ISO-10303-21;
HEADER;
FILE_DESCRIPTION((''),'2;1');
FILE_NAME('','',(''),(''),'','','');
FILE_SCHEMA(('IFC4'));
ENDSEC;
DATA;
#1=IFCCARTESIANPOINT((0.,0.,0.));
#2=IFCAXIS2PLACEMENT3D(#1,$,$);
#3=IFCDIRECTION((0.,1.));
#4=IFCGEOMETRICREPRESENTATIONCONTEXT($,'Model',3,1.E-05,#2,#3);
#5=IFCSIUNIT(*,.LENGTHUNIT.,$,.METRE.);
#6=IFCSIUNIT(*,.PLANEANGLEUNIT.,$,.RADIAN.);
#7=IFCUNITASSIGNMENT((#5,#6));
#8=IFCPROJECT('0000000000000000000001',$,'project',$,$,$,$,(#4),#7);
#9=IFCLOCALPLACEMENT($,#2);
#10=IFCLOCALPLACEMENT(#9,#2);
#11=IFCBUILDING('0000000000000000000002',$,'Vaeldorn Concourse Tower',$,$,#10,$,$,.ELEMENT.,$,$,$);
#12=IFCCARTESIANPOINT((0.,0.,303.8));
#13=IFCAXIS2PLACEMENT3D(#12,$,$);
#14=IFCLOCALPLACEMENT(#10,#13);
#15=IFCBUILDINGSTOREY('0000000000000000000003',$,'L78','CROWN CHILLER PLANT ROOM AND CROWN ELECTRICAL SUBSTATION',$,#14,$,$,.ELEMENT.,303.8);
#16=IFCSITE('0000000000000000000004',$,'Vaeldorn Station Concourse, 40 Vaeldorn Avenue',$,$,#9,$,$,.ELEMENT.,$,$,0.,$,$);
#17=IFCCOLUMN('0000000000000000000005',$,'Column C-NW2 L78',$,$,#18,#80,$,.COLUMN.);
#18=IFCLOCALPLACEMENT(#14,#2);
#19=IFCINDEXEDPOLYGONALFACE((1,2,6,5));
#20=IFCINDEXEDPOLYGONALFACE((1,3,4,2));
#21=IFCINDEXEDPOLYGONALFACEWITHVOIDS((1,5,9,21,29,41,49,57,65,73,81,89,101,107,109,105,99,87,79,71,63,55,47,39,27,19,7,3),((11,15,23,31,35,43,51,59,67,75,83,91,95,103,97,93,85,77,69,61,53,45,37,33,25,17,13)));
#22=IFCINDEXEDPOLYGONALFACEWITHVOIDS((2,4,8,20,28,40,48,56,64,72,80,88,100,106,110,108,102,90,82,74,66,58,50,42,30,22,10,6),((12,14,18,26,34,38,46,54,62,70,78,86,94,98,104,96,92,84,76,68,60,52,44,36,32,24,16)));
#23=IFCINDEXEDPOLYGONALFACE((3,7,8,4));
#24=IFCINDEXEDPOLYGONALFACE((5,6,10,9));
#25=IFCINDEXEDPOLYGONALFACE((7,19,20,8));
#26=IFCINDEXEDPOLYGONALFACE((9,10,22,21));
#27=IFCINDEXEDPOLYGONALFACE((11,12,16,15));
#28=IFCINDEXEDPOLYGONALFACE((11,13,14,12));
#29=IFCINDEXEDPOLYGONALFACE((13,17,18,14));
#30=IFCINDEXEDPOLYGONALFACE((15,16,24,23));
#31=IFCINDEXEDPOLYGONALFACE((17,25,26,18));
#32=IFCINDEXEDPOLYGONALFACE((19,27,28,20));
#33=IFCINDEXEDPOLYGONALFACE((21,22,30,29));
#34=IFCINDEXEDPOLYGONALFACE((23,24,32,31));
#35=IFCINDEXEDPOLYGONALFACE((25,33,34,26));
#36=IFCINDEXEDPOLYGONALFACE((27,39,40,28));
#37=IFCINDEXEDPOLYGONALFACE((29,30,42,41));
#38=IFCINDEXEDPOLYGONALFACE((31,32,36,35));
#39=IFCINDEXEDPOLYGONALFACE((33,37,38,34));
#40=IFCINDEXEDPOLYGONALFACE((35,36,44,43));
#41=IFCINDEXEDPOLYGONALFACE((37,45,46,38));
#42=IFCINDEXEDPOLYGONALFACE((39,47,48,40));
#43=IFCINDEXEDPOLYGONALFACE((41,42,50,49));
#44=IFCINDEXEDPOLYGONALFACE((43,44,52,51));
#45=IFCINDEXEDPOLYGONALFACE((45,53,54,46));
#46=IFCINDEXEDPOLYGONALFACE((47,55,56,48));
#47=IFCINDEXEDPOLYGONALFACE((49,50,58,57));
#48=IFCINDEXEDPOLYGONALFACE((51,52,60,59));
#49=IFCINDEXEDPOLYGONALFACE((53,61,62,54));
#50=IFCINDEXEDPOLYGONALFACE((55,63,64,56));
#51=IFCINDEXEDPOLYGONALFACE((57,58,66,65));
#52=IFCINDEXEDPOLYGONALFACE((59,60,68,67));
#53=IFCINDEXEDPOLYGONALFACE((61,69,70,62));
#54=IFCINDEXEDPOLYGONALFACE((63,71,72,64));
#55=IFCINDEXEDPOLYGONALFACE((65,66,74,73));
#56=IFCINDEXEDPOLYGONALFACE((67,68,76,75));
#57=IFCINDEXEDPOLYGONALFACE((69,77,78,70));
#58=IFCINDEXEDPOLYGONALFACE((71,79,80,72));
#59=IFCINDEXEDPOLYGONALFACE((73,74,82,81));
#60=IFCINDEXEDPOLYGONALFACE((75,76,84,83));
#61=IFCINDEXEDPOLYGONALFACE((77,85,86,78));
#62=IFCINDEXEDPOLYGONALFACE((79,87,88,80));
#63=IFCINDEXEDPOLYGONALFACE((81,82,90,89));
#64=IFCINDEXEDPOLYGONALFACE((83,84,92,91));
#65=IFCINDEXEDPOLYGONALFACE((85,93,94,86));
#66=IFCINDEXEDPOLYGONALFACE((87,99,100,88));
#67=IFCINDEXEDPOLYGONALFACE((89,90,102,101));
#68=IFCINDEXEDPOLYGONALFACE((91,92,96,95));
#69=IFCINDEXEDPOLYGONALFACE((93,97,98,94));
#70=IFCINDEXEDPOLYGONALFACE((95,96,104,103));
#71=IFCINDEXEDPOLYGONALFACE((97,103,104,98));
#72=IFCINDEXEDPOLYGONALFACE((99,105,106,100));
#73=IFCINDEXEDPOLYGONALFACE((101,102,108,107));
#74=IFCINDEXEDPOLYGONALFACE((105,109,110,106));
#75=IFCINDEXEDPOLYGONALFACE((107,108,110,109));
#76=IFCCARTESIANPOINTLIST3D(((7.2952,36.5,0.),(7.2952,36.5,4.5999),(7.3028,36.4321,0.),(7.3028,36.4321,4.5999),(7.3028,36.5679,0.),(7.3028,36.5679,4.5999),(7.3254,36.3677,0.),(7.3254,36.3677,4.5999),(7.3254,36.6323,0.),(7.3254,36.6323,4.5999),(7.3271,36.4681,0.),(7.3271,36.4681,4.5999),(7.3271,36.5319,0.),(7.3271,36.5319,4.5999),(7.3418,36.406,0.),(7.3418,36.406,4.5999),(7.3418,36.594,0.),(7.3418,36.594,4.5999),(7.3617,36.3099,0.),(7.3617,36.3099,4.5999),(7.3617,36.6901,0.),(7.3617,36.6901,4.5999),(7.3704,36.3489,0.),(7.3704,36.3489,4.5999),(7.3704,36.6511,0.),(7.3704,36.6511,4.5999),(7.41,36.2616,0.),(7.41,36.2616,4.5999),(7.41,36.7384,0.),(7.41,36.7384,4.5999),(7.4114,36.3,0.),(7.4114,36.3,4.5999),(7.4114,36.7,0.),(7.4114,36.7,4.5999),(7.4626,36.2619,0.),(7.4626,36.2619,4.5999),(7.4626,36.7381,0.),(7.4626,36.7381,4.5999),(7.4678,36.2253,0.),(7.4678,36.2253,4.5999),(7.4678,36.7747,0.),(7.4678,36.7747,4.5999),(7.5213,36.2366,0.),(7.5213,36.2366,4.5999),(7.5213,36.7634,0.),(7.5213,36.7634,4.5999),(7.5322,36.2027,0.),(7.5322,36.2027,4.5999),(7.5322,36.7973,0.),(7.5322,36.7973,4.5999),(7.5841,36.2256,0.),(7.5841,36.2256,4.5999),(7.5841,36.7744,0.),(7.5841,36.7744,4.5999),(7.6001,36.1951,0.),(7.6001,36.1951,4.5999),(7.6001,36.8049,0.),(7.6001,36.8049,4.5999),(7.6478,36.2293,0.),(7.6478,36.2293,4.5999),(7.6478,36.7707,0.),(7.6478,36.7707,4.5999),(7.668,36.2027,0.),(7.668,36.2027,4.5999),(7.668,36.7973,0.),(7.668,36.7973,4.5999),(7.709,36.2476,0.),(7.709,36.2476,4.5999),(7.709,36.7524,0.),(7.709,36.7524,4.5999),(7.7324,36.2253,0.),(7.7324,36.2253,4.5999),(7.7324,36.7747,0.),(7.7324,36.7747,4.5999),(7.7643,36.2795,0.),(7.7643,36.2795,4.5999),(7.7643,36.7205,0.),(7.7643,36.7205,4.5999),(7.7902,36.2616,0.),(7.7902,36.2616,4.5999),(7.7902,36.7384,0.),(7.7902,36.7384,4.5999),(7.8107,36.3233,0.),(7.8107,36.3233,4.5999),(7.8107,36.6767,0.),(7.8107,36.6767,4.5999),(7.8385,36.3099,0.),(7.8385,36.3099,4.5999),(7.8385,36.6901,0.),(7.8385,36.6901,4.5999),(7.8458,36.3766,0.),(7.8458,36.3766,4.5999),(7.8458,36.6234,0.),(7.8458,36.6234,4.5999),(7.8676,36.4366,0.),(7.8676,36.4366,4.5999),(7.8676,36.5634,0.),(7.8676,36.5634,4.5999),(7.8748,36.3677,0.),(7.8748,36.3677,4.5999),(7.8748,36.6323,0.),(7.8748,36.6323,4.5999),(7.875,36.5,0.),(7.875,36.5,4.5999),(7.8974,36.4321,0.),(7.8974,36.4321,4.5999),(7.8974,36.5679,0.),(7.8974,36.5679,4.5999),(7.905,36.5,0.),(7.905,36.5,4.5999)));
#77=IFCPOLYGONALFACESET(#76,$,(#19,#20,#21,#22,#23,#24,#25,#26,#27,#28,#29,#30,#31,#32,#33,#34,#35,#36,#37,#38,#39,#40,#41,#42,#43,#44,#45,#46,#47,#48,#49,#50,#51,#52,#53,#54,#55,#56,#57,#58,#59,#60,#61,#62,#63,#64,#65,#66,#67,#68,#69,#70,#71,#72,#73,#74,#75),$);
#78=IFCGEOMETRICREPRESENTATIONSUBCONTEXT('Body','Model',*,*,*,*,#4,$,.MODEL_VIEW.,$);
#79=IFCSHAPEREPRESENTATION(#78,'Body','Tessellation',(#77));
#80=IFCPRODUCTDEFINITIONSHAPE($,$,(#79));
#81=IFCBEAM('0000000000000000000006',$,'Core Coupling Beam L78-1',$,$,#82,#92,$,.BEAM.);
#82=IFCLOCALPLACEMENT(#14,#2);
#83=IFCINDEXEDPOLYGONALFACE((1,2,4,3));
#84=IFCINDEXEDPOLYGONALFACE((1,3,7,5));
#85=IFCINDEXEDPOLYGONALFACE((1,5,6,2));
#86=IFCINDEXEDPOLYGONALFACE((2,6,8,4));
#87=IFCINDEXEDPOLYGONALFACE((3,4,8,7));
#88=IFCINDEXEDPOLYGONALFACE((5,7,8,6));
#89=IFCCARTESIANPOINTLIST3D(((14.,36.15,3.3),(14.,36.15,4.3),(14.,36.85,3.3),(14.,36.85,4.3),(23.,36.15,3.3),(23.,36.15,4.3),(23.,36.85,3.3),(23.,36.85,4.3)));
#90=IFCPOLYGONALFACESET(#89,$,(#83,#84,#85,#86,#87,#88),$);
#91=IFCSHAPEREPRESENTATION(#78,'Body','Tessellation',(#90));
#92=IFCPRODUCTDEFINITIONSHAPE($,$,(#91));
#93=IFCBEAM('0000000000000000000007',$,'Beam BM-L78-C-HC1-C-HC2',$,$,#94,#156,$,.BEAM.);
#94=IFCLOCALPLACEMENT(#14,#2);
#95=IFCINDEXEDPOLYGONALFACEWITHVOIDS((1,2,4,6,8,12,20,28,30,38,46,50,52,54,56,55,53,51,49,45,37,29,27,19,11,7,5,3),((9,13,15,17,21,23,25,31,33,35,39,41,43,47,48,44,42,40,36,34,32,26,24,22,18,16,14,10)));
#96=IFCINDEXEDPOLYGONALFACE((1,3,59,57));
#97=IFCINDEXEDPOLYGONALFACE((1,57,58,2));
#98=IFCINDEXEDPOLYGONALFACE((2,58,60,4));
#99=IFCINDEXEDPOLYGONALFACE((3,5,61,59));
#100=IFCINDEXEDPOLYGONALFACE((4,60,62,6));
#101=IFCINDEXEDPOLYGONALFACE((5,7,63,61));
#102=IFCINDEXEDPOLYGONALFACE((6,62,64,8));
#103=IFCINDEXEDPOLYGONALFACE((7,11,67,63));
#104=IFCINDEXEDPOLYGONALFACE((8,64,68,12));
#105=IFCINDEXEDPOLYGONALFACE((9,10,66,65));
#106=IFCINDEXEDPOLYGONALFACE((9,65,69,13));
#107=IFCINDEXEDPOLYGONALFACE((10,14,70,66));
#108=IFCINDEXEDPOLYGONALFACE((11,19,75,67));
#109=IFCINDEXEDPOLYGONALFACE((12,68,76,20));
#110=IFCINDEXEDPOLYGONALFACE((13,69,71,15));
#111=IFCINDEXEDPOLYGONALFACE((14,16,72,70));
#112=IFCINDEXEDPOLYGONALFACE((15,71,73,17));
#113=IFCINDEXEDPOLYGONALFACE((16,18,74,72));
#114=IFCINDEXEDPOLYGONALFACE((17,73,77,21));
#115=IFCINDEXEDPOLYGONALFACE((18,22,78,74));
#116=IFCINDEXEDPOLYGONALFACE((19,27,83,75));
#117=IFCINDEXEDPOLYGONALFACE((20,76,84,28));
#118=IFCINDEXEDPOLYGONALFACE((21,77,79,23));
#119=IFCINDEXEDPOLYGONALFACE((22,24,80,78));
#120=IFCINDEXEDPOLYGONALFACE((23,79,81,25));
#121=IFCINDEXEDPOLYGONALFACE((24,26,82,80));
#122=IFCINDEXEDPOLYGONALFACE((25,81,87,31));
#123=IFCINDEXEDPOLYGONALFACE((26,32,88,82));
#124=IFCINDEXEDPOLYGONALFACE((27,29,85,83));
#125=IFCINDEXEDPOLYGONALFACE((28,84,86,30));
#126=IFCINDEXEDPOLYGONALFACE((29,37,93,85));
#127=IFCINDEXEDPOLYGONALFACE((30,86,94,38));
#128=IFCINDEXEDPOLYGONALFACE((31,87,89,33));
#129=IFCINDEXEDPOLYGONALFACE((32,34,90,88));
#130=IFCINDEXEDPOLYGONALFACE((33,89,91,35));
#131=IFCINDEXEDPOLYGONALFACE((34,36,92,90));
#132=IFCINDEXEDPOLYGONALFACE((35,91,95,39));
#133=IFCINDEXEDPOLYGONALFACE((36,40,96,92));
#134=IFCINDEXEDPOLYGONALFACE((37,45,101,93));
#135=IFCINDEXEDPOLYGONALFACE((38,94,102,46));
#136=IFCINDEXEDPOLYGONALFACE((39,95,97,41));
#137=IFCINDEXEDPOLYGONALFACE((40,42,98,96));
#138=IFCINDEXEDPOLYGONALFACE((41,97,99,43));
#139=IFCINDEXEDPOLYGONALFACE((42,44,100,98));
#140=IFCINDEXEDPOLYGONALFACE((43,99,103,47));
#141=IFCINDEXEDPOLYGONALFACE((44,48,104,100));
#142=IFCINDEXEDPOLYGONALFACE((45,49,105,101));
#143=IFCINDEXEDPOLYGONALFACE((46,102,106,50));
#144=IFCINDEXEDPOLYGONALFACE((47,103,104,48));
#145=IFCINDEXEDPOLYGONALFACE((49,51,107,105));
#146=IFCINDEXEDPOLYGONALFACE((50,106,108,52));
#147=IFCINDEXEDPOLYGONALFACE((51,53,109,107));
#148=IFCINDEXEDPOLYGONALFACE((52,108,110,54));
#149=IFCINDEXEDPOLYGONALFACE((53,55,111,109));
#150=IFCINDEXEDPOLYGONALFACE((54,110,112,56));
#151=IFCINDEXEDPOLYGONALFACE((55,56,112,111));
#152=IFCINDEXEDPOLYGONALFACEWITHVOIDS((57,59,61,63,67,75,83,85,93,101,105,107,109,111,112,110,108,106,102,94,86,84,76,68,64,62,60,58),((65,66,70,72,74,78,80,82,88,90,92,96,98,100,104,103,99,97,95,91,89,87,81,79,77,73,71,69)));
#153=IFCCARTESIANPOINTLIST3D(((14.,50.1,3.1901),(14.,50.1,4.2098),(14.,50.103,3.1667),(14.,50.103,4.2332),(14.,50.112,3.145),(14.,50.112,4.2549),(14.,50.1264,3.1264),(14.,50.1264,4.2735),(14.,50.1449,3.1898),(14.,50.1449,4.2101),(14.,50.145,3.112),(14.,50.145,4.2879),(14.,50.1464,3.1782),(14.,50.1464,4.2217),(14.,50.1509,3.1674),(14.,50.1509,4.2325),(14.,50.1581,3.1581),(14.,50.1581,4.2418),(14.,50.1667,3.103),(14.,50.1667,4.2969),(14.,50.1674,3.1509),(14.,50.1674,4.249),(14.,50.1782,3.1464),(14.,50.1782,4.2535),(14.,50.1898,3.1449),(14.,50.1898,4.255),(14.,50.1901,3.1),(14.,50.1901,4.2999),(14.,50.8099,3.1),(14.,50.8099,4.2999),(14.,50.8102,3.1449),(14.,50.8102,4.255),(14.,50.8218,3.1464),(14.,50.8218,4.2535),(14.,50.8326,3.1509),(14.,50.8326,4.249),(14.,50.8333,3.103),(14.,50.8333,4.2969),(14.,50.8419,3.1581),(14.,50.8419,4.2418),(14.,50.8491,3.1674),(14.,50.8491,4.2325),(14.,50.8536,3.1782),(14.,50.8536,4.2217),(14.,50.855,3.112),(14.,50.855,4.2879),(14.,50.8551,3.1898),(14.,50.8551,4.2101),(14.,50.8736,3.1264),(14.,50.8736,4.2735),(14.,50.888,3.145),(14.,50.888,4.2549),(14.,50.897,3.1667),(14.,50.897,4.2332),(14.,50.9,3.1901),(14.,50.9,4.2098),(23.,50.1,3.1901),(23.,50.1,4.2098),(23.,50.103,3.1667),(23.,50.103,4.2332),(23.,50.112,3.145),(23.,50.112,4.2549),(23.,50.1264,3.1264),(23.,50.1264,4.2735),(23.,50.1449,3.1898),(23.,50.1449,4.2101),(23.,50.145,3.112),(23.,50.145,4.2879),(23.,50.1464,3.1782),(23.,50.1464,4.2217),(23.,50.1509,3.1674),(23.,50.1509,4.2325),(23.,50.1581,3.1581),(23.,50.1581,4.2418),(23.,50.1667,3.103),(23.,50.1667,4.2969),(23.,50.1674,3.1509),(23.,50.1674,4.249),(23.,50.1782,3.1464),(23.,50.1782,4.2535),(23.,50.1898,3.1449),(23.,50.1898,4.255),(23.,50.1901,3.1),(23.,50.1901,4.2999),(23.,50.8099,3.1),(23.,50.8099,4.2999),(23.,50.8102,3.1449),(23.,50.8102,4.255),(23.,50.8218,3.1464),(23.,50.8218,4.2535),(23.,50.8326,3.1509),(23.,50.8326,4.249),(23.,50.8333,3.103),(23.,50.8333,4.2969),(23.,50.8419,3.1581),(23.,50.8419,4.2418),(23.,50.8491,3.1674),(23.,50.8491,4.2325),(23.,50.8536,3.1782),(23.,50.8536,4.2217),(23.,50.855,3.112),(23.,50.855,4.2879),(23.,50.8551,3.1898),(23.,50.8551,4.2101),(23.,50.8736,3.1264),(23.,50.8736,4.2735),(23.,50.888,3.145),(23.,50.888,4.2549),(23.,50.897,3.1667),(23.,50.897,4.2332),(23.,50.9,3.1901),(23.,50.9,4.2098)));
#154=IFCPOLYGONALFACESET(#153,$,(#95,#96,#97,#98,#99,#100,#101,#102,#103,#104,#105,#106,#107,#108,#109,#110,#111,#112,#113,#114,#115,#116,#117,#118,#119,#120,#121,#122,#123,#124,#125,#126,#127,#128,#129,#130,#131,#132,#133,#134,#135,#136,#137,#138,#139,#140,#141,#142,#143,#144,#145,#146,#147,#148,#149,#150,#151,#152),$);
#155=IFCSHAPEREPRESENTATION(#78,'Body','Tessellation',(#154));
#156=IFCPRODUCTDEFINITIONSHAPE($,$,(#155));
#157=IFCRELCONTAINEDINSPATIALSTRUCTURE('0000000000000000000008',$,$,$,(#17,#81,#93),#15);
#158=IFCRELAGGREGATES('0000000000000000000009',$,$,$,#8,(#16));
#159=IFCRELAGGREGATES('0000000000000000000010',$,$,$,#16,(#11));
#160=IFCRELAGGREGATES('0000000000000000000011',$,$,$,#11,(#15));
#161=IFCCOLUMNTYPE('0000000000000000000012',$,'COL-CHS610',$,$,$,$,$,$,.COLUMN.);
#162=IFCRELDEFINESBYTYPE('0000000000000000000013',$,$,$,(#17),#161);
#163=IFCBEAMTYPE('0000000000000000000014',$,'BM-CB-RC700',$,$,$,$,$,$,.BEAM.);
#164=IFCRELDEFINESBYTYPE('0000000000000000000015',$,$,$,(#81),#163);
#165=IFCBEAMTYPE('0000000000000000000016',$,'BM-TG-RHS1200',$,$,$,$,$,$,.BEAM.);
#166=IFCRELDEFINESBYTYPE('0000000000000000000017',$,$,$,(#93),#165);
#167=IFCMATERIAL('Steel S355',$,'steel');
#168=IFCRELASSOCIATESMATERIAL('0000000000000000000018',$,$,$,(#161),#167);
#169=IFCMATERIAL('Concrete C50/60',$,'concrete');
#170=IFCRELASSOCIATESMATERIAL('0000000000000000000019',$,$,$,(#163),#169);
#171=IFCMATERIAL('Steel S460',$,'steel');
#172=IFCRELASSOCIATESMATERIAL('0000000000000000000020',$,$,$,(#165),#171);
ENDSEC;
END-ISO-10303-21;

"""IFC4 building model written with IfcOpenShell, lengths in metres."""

from ifc_helpers import new_model, si_unit, direction, frame, origin, origin_2d, place, context, subcontext, project, spatial, rectangle, hollow_rectangle, hollow_circle, extrude, source, transform, mapped, material, material_profile, profile_set, type_object, element, save


model = new_model("IFC4")

# Units and contexts
model_context = context("Model", 3, precision=1e-05, world=origin(), true_north=direction((0.0, 1.0)))
body_context = subcontext(model_context, "Body", "Model", "MODEL_VIEW")
ifc_project = project(units=[si_unit("LENGTHUNIT", "METRE"), si_unit("PLANEANGLEUNIT", "RADIAN")], contexts=[model_context])

# Site, building, storey
site_placement = place(None, origin())
site = spatial("IfcSite", under=ifc_project, at=site_placement, Name="Vaeldorn Station Concourse, 40 Vaeldorn Avenue", CompositionType="ELEMENT", RefElevation=0.0)
building_placement = place(site_placement, origin())
building = spatial("IfcBuilding", under=site, at=building_placement, Name="Vaeldorn Concourse Tower", CompositionType="ELEMENT")
storey_placement = place(building_placement, frame((0.0, 0.0, 303.8)))
storey = spatial("IfcBuildingStorey", under=building, at=storey_placement, Name="L78", Description="CROWN CHILLER PLANT ROOM AND CROWN ELECTRICAL SUBSTATION", CompositionType="ELEMENT", Elevation=303.8)

# Column
ifc_material_1 = material(Name="Concrete C50/60", Category="concrete")
ifc_material_2 = material(Name="Steel S355", Category="steel")
ifc_material_profile_1 = material_profile(ifc_material_2, hollow_circle(Radius=0.3049, WallThickness=0.03, at=origin_2d()), Name="CHS 610x30")
ifc_profile_set_1 = profile_set([ifc_material_profile_1], Name="Steel S355")
column_type_1 = type_object("IfcColumnType", Name="COL-CHS610", PredefinedType="COLUMN", material=ifc_profile_set_1)
shared_shape_1 = source(origin(), body_context, "Body", "SweptSolid", [
    extrude(hollow_circle(Radius=0.3049, WallThickness=0.03, at=origin_2d()), origin(), (0.0, 0.0, 1.0), 4.5999),
])
for number, where, z_axis, x_axis, name in (
    (1, (7.6001, 36.5, 0.0), (0.0, 0.0, 1.0), (1.0, 0.0, 0.0), "Column C-NW2 L78"),
):
    element("IfcColumn", number, at=place(storey_placement, frame(where, z_axis=z_axis, x_axis=x_axis)), inside=storey, type_object=column_type_1, Name=name, PredefinedType="COLUMN", context=body_context, shape_type="MappedRepresentation", body=[
        mapped(shared_shape_1, transform((0.0, 0.0, 0.0), scale=1.0)),
    ])

# Beams
ifc_material_profile_2 = material_profile(ifc_material_1, rectangle(XDim=0.7, YDim=1.0, at=origin_2d()), Name="RC 700x1000")
ifc_profile_set_2 = profile_set([ifc_material_profile_2], Name="Concrete C50/60")
beam_type_1 = type_object("IfcBeamType", Name="BM-CB-RC700", PredefinedType="BEAM", material=ifc_profile_set_2)
shared_shape_2 = source(origin(), body_context, "Body", "SweptSolid", [
    extrude(rectangle(XDim=0.7, YDim=1.0, at=origin_2d()), origin(), (0.0, 0.0, 1.0), 9.0),
])
beam_1_placement = place(storey_placement, frame((14.0, 36.5, 3.8), z_axis=(1.0, 0.0, 0.0), x_axis=(0.0, 1.0, 0.0)))
element("IfcBeam", 2, at=beam_1_placement, inside=storey, type_object=beam_type_1, Name="Core Coupling Beam L78-1", PredefinedType="BEAM", context=body_context, shape_type="MappedRepresentation", body=[
    mapped(shared_shape_2, transform((0.0, 0.0, 0.0), scale=1.0)),
])
ifc_material_3 = material(Name="Steel S460", Category="steel")
ifc_material_profile_3 = material_profile(ifc_material_3, hollow_rectangle(XDim=0.8, YDim=1.2, WallThickness=0.0449, InnerFilletRadius=0.0449, OuterFilletRadius=0.0901, at=origin_2d()), Name="RHS 1200x800x45")
ifc_profile_set_3 = profile_set([ifc_material_profile_3], Name="Steel S460")
beam_type_2 = type_object("IfcBeamType", Name="BM-TG-RHS1200", PredefinedType="BEAM", material=ifc_profile_set_3)
shared_shape_3 = source(origin(), body_context, "Body", "SweptSolid", [
    extrude(hollow_rectangle(XDim=0.8, YDim=1.2, WallThickness=0.0449, InnerFilletRadius=0.0449, OuterFilletRadius=0.0901, at=origin_2d()), origin(), (0.0, 0.0, 1.0), 9.0),
])
beam_2_placement = place(storey_placement, frame((14.0, 50.5, 3.7), z_axis=(1.0, 0.0, 0.0), x_axis=(0.0, 1.0, 0.0)))
element("IfcBeam", 3, at=beam_2_placement, inside=storey, type_object=beam_type_2, Name="Beam BM-L78-C-HC1-C-HC2", PredefinedType="BEAM", context=body_context, shape_type="MappedRepresentation", body=[
    mapped(shared_shape_3, transform((0.0, 0.0, 0.0), scale=1.0)),
])

save(model, "model.ifc")
